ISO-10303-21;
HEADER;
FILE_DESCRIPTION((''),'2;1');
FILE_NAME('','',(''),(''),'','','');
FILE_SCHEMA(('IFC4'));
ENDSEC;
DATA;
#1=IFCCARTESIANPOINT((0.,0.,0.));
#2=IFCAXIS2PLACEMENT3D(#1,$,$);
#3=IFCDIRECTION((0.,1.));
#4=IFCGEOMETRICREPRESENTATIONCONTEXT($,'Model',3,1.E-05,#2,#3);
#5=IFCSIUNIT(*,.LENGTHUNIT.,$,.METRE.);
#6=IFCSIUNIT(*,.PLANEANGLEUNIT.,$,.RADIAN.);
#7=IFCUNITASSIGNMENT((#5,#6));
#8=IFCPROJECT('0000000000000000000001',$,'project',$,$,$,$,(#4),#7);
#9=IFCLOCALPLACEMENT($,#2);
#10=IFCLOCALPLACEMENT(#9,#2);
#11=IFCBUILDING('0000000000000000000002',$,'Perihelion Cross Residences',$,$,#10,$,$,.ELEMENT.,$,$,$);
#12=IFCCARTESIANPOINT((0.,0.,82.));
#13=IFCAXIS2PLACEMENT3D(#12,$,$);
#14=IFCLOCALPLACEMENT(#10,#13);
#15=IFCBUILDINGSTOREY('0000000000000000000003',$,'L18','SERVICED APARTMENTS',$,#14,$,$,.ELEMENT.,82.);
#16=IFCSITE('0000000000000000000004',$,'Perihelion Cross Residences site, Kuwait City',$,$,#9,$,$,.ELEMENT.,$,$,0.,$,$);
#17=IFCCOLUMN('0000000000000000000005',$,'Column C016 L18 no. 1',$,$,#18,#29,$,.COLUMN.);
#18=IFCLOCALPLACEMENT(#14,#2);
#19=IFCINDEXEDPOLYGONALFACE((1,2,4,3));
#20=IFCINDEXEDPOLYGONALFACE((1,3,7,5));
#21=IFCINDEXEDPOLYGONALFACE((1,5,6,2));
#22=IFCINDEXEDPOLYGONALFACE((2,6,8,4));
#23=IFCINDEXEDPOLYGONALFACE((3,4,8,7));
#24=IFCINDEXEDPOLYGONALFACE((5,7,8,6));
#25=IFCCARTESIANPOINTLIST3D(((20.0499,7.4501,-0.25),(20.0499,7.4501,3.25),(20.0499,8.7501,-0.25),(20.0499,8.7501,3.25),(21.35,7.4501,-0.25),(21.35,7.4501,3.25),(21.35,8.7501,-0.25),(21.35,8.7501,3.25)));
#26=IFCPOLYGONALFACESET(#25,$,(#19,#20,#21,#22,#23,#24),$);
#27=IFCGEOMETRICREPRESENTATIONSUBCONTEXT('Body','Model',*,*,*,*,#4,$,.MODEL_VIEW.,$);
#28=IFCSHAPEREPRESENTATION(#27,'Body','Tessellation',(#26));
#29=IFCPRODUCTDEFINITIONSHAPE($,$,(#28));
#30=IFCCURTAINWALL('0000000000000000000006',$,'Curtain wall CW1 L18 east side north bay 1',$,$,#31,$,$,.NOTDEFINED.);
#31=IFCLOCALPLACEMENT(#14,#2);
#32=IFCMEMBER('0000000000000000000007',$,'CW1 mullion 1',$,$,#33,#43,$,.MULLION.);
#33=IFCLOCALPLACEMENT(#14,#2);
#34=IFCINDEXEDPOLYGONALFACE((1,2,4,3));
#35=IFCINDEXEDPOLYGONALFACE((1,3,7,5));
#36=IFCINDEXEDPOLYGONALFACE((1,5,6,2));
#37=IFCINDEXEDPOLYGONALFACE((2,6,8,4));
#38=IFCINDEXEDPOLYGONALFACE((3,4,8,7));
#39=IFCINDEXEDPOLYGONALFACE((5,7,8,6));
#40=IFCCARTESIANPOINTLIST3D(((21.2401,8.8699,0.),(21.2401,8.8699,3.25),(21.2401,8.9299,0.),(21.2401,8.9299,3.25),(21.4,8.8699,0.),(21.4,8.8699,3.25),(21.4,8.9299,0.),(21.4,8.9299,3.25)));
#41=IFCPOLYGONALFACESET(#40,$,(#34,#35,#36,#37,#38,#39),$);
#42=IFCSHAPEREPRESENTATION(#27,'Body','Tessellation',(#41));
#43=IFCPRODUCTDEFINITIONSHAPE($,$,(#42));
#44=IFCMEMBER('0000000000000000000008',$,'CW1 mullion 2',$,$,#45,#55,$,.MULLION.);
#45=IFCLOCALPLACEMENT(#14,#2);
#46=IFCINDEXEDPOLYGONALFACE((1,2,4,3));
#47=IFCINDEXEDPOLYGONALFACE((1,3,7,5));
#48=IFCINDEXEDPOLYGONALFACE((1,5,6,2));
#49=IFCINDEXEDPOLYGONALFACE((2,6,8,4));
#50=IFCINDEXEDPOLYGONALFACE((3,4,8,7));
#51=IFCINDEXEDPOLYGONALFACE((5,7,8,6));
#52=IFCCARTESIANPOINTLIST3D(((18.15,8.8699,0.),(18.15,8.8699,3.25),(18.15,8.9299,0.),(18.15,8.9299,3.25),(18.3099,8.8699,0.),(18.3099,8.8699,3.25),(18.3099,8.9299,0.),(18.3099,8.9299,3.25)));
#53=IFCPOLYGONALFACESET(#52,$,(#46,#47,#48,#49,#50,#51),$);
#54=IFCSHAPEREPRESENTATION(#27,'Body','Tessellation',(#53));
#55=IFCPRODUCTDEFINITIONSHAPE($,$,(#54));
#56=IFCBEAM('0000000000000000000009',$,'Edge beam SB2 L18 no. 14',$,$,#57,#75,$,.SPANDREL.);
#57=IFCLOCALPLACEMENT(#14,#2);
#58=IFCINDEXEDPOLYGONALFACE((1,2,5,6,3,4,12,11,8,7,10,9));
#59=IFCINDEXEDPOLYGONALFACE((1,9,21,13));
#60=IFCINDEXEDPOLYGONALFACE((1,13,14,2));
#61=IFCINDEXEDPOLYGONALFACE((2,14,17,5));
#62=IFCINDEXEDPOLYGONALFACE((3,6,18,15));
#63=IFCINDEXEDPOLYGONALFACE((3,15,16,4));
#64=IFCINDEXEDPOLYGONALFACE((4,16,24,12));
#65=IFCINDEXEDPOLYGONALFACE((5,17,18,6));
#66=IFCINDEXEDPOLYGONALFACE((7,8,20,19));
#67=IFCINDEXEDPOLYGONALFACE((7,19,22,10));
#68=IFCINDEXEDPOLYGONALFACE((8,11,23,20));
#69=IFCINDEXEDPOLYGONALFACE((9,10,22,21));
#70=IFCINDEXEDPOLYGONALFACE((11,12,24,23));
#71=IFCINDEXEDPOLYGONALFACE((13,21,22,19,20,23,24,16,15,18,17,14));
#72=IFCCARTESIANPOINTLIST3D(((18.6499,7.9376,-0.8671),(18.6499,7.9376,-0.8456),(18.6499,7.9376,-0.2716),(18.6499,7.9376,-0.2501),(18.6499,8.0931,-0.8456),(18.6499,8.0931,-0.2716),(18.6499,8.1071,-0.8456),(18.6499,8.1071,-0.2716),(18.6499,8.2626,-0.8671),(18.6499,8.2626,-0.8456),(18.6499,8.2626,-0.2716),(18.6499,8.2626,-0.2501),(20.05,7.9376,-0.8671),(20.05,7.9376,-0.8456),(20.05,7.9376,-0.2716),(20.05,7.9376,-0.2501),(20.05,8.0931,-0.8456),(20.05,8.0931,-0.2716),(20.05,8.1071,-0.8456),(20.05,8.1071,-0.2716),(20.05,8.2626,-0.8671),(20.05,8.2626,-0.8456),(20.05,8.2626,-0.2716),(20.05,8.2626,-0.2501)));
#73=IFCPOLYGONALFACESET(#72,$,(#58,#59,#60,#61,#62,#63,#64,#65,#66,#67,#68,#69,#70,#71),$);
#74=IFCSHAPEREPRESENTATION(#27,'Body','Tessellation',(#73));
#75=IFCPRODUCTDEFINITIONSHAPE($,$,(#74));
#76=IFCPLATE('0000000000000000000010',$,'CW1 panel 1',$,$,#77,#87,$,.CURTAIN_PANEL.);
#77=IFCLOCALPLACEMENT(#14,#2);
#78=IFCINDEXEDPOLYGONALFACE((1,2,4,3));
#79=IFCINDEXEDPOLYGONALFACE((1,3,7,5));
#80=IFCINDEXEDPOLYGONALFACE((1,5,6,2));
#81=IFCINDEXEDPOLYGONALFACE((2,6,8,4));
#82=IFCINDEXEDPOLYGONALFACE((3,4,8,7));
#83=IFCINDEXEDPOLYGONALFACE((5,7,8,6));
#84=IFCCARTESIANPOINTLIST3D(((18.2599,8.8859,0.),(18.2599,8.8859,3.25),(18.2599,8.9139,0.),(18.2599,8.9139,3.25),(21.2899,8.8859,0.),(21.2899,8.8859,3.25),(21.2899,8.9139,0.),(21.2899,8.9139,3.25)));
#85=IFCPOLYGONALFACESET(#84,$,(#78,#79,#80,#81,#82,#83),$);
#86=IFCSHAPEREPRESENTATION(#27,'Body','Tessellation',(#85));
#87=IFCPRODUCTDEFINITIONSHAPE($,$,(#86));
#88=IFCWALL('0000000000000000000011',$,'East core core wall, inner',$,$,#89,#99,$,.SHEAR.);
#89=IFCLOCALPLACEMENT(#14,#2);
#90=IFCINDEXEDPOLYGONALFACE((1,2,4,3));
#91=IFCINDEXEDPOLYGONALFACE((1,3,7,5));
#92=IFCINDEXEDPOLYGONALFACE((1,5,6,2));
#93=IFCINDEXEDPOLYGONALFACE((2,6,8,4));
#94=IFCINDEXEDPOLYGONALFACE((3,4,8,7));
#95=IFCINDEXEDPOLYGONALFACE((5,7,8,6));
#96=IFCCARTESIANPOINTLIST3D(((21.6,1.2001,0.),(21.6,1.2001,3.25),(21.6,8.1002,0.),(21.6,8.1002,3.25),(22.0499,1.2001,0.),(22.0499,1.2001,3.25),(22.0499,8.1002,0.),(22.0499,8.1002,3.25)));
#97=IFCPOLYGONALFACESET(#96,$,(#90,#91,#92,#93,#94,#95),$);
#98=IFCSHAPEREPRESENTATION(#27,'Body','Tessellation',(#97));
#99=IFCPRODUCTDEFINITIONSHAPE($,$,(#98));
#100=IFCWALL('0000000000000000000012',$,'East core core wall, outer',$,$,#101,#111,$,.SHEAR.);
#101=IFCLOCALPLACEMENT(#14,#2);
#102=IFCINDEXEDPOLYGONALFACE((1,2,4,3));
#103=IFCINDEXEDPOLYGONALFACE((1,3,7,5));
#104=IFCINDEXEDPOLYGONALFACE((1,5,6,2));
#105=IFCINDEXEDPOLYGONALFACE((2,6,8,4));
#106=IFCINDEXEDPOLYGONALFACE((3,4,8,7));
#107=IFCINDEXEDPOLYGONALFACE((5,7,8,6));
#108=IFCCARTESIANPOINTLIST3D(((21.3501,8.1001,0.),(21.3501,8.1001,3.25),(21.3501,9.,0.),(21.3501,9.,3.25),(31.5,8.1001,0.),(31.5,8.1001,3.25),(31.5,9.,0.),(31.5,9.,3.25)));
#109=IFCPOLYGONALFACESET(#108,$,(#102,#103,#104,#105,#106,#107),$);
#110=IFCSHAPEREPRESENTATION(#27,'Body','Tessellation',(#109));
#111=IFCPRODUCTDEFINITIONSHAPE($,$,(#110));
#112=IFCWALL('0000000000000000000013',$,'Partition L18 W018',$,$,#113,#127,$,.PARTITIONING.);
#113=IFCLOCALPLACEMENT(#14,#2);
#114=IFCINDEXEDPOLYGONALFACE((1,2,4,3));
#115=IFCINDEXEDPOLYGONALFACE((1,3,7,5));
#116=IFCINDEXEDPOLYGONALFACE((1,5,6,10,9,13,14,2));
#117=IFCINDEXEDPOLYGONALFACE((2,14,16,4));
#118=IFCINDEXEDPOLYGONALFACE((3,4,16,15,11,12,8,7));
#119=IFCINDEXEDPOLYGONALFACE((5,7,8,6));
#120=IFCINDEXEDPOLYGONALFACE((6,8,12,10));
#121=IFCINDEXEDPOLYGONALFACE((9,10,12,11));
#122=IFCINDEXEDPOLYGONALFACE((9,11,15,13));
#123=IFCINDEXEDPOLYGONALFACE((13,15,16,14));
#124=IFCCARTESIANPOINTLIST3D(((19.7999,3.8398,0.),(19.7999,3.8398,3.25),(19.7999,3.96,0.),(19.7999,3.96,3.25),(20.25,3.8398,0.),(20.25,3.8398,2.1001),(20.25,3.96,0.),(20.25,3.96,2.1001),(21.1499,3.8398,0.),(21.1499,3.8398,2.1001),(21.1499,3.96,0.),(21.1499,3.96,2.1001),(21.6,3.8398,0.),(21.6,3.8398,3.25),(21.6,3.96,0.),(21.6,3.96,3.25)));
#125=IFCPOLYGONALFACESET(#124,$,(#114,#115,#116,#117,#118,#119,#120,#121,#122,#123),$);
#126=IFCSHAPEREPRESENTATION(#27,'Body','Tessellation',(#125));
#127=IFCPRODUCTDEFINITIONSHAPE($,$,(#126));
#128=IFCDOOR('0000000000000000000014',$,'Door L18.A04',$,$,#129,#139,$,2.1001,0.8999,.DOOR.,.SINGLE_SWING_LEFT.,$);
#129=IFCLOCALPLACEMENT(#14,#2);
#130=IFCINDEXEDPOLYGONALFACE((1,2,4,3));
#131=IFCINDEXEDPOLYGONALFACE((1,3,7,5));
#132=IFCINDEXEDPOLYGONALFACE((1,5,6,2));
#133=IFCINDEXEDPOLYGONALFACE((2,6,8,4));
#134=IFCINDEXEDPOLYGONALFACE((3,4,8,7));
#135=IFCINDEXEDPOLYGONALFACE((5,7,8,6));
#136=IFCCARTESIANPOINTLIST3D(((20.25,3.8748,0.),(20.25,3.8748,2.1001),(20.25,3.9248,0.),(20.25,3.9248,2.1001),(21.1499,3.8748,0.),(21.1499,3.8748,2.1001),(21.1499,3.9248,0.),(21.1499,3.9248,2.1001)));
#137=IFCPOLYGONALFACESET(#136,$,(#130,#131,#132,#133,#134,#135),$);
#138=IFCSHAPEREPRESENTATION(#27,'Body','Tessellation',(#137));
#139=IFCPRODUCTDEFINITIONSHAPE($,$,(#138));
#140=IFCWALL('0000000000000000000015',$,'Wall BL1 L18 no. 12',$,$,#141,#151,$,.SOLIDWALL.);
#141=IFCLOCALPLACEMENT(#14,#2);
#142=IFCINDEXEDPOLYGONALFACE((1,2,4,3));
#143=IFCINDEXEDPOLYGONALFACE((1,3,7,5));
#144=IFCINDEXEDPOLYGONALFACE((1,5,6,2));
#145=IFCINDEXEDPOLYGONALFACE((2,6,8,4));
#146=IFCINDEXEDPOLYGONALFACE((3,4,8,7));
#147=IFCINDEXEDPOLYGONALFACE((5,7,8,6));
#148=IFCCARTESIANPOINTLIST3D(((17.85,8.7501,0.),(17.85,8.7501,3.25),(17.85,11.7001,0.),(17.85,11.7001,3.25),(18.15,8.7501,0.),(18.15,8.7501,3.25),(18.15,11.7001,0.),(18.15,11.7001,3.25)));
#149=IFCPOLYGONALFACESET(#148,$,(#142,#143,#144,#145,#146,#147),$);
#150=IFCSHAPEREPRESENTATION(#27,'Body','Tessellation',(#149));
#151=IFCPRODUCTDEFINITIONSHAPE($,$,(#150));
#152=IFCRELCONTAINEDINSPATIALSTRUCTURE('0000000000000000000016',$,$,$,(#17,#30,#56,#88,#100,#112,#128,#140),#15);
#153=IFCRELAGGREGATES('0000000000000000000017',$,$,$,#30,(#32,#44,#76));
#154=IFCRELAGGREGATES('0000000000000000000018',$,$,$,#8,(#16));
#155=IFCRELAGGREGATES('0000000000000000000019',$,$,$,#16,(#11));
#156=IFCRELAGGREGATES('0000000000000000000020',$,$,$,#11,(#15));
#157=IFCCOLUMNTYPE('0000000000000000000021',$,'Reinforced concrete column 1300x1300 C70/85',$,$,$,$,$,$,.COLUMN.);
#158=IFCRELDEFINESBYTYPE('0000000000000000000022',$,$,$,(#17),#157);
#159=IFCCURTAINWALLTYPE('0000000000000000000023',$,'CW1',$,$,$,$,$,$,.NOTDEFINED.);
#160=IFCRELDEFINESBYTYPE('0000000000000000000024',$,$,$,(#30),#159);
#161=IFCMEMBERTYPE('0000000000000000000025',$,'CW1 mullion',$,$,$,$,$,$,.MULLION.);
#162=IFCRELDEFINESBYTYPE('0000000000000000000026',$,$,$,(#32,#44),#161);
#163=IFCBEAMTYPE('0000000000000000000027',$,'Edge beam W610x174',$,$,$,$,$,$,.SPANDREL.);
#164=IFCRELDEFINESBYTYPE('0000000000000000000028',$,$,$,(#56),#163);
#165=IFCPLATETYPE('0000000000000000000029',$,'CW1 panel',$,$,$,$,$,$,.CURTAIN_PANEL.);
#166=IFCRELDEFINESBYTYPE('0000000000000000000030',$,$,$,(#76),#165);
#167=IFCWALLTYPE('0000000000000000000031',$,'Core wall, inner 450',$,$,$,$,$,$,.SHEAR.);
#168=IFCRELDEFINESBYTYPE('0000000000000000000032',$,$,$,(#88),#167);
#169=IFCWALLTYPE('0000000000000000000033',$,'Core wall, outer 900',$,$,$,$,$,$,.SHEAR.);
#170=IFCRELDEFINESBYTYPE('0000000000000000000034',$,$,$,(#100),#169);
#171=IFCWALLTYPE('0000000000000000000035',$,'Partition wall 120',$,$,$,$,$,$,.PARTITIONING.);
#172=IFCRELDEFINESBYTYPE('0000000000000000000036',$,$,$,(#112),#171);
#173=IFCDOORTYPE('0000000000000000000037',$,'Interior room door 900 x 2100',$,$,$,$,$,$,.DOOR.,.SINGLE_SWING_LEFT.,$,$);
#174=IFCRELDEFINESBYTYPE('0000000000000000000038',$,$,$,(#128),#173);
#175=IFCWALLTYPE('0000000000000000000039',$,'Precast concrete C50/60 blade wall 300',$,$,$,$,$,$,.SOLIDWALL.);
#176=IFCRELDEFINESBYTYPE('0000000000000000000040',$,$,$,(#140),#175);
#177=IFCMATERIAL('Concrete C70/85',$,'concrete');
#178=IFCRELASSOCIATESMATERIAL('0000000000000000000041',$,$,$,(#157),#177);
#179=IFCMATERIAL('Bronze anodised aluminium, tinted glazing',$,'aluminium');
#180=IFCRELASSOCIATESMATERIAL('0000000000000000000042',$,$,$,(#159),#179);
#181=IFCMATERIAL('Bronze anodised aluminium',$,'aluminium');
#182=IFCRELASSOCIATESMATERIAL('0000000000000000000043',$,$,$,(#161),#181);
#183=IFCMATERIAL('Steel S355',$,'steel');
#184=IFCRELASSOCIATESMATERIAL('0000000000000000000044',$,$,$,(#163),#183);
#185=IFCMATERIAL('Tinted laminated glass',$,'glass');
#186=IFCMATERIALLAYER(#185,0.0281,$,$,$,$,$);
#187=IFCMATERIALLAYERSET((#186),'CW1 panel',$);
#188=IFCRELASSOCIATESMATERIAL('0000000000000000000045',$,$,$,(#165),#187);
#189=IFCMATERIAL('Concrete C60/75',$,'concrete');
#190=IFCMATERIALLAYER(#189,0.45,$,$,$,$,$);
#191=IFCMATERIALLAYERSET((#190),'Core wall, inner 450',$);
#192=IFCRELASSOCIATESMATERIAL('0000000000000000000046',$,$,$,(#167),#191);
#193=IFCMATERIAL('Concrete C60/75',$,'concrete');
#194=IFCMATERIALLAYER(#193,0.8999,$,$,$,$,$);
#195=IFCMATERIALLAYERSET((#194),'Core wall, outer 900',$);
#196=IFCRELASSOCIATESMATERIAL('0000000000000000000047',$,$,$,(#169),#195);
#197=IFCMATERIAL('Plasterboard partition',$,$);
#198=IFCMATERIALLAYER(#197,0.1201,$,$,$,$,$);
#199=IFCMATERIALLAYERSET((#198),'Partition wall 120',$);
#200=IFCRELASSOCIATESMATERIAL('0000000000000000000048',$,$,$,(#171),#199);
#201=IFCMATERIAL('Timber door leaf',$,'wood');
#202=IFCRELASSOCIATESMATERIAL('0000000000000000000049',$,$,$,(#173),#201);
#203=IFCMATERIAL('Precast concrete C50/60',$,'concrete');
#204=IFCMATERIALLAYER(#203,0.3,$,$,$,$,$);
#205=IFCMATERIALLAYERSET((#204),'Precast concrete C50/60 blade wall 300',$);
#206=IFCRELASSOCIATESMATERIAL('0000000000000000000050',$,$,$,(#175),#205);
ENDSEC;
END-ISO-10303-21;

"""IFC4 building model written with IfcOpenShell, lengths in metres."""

from ifc_helpers import new_model, si_unit, direction, frame, frame_2d, origin, origin_2d, place, context, subcontext, project, spatial, rectangle, i_section, extrude, material, layer, layer_set, material_profile, profile_set, type_object, element, fill, aggregate, save


model = new_model("IFC4")

# Units and contexts
model_context = context("Model", 3, precision=1e-05, world=origin(), true_north=direction((0.0, 1.0)))
body_context = subcontext(model_context, "Body", "Model", "MODEL_VIEW")
ifc_project = project(units=[si_unit("LENGTHUNIT", "METRE"), si_unit("PLANEANGLEUNIT", "RADIAN")], contexts=[model_context])

# Site, building, storey
site_placement = place(None, origin())
site = spatial("IfcSite", under=ifc_project, at=site_placement, Name="Perihelion Cross Residences site, Kuwait City", CompositionType="ELEMENT", RefElevation=0.0)
building_placement = place(site_placement, origin())
building = spatial("IfcBuilding", under=site, at=building_placement, Name="Perihelion Cross Residences", CompositionType="ELEMENT")
storey_placement = place(building_placement, frame((0.0, 0.0, 82.0)))
storey = spatial("IfcBuildingStorey", under=building, at=storey_placement, Name="L18", Description="SERVICED APARTMENTS", CompositionType="ELEMENT", Elevation=82.0)

# Column
ifc_material_1 = material(Name="Concrete C70/85", Category="concrete")
ifc_material_profile_1 = material_profile(ifc_material_1, rectangle(XDim=1.3, YDim=1.3, at=origin_2d()), Name="RC 1300x1300")
ifc_profile_set_1 = profile_set([ifc_material_profile_1], Name="Concrete C70/85")
column_type = type_object("IfcColumnType", Name="Reinforced concrete column 1300x1300 C70/85", PredefinedType="COLUMN", material=ifc_profile_set_1)
column_placement = place(storey_placement, frame((20.7, 8.1001, -0.25), z_axis=(0.0, 0.0, 1.0), x_axis=(1.0, 0.0, 0.0)))
element("IfcColumn", 1, at=column_placement, inside=storey, type_object=column_type, Name="Column C016 L18 no. 1", PredefinedType="COLUMN", context=body_context, shape_type="SweptSolid", body=[
    extrude(rectangle(XDim=1.3, YDim=1.3, at=origin_2d()), origin(), (0.0, 0.0, 1.0), 3.5),
])

# Curtain wall, members
ifc_material_2 = material(Name="Bronze anodised aluminium, tinted glazing", Category="aluminium")
curtain_wall_type = type_object("IfcCurtainWallType", Name="CW1", PredefinedType="NOTDEFINED", material=ifc_material_2)
curtain_wall_placement = place(storey_placement, origin())
curtain_wall = element("IfcCurtainWall", 2, at=curtain_wall_placement, inside=storey, type_object=curtain_wall_type, Name="Curtain wall CW1 L18 east side north bay 1", PredefinedType="NOTDEFINED")
ifc_material_3 = material(Name="Bronze anodised aluminium", Category="aluminium")
ifc_material_profile_2 = material_profile(ifc_material_3, rectangle(XDim=0.0601, YDim=0.1599, at=origin_2d()), Name="CW1 mullion")
ifc_profile_set_2 = profile_set([ifc_material_profile_2], Name="Bronze anodised aluminium")
member_type = type_object("IfcMemberType", Name="CW1 mullion", PredefinedType="MULLION", material=ifc_profile_set_2)
member_1_placement = place(storey_placement, frame((21.3201, 8.8999, 0.0), z_axis=(0.0, 0.0, 1.0), x_axis=(0.0, -1.0, 0.0)))
member_1 = element("IfcMember", 3, at=member_1_placement, type_object=member_type, Name="CW1 mullion 1", PredefinedType="MULLION", context=body_context, shape_type="SweptSolid", body=[
    extrude(rectangle(XDim=0.0601, YDim=0.1599, at=origin_2d()), origin(), (0.0, 0.0, 1.0), 3.25),
])
member_2_placement = place(storey_placement, frame((18.23, 8.8999, 0.0), z_axis=(0.0, 0.0, 1.0), x_axis=(0.0, -1.0, 0.0)))
member_2 = element("IfcMember", 4, at=member_2_placement, type_object=member_type, Name="CW1 mullion 2", PredefinedType="MULLION", context=body_context, shape_type="SweptSolid", body=[
    extrude(rectangle(XDim=0.0601, YDim=0.1599, at=origin_2d()), origin(), (0.0, 0.0, 1.0), 3.25),
])

# Beam
ifc_material_4 = material(Name="Steel S355", Category="steel")
ifc_material_profile_3 = material_profile(ifc_material_4, i_section(OverallWidth=0.325, OverallDepth=0.6169, WebThickness=0.0139, FlangeThickness=0.0215, at=origin_2d()), Name="W610x174")
ifc_profile_set_3 = profile_set([ifc_material_profile_3], Name="Steel S355")
beam_type = type_object("IfcBeamType", Name="Edge beam W610x174", PredefinedType="SPANDREL", material=ifc_profile_set_3)
beam_placement = place(storey_placement, frame((20.05, 8.1001, -0.5586), z_axis=(-1.0, 0.0, 0.0), x_axis=(0.0, -1.0, 0.0)))
element("IfcBeam", 5, at=beam_placement, inside=storey, type_object=beam_type, Name="Edge beam SB2 L18 no. 14", PredefinedType="SPANDREL", context=body_context, shape_type="SweptSolid", body=[
    extrude(i_section(OverallWidth=0.325, OverallDepth=0.6169, WebThickness=0.0139, FlangeThickness=0.0215, at=origin_2d()), origin(), (0.0, 0.0, 1.0), 1.4001),
])

# Plate
ifc_material_5 = material(Name="Tinted laminated glass", Category="glass")
ifc_layer_1 = layer(ifc_material_5, 0.0281)
ifc_layer_set_1 = layer_set([ifc_layer_1], Name="CW1 panel")
plate_type = type_object("IfcPlateType", Name="CW1 panel", PredefinedType="CURTAIN_PANEL", material=ifc_layer_set_1)
plate_placement = place(storey_placement, frame((19.7749, 8.8999, 0.0), z_axis=(0.0, 0.0, 1.0), x_axis=(-1.0, 0.0, 0.0)))
plate = element("IfcPlate", 6, at=plate_placement, type_object=plate_type, Name="CW1 panel 1", PredefinedType="CURTAIN_PANEL", context=body_context, shape_type="SweptSolid", body=[
    extrude(rectangle(XDim=3.03, YDim=0.0281, at=origin_2d()), origin(), (0.0, 0.0, 1.0), 3.25),
])
aggregate(curtain_wall, [member_1, member_2, plate])

# Walls
ifc_material_6 = material(Name="Concrete C60/75", Category="concrete")
ifc_layer_2 = layer(ifc_material_6, 0.45)
ifc_layer_set_2 = layer_set([ifc_layer_2], Name="Core wall, inner 450")
wall_type_1 = type_object("IfcWallType", Name="Core wall, inner 450", PredefinedType="SHEAR", material=ifc_layer_set_2)
wall_1_placement = place(storey_placement, frame((21.825, 1.2, 0.0), z_axis=(0.0, 0.0, 1.0), x_axis=(0.0, 1.0, 0.0)))
element("IfcWall", 7, at=wall_1_placement, inside=storey, type_object=wall_type_1, Name="East core core wall, inner", PredefinedType="SHEAR", context=body_context, shape_type="SweptSolid", body=[
    extrude(rectangle(XDim=6.9001, YDim=0.45, at=frame_2d((3.4502, 0.0))), origin(), (0.0, 0.0, 1.0), 3.25),
])
ifc_material_7 = material(Name="Concrete C60/75", Category="concrete")
ifc_layer_3 = layer(ifc_material_7, 0.8999)
ifc_layer_set_3 = layer_set([ifc_layer_3], Name="Core wall, outer 900")
wall_type_2 = type_object("IfcWallType", Name="Core wall, outer 900", PredefinedType="SHEAR", material=ifc_layer_set_3)
wall_2_placement = place(storey_placement, frame((21.3501, 8.55, 0.0), z_axis=(0.0, 0.0, 1.0), x_axis=(1.0, 0.0, 0.0)))
element("IfcWall", 8, at=wall_2_placement, inside=storey, type_object=wall_type_2, Name="East core core wall, outer", PredefinedType="SHEAR", context=body_context, shape_type="SweptSolid", body=[
    extrude(rectangle(XDim=10.1499, YDim=0.8999, at=frame_2d((5.075, 0.0))), origin(), (0.0, 0.0, 1.0), 3.25),
])

# Wall, opening, door
ifc_material_8 = material(Name="Plasterboard partition")
ifc_layer_4 = layer(ifc_material_8, 0.1201)
ifc_layer_set_4 = layer_set([ifc_layer_4], Name="Partition wall 120")
wall_type_3 = type_object("IfcWallType", Name="Partition wall 120", PredefinedType="PARTITIONING", material=ifc_layer_set_4)
wall_3_placement = place(storey_placement, frame((19.8, 3.8999, 0.0), z_axis=(0.0, 0.0, 1.0), x_axis=(1.0, 0.0, 0.0)))
wall_3 = element("IfcWall", 9, at=wall_3_placement, inside=storey, type_object=wall_type_3, Name="Partition L18 W018", PredefinedType="PARTITIONING", context=body_context, shape_type="SweptSolid", body=[
    extrude(rectangle(XDim=1.8, YDim=0.1201, at=frame_2d((0.8999, 0.0))), origin(), (0.0, 0.0, 1.0), 3.25),
])
opening_1_placement = place(wall_3_placement, frame((0.45, 0.0, 0.0)))
opening_1 = element("IfcOpeningElement", 10, at=opening_1_placement, cuts=wall_3, PredefinedType="OPENING", context=body_context, shape_type="SweptSolid", body=[
    extrude(rectangle(XDim=0.8999, YDim=2.1001, at=frame_2d((0.45, 1.05))), frame((0.0, 0.0701, 0.0), z_axis=(0.0, -1.0, 0.0), x_axis=(1.0, 0.0, 0.0)), (0.0, 0.0, 1.0), 0.1401),
])
ifc_material_9 = material(Name="Timber door leaf", Category="wood")
door_type_1 = type_object("IfcDoorType", Name="Interior room door 900 x 2100", OperationType="SINGLE_SWING_LEFT", PredefinedType="DOOR", material=ifc_material_9)
door_1_placement = place(opening_1_placement, origin())
door_1 = element("IfcDoor", 11, at=door_1_placement, inside=storey, type_object=door_type_1, Name="Door L18.A04", OperationType="SINGLE_SWING_LEFT", OverallHeight=2.1001, OverallWidth=0.8999, PredefinedType="DOOR", context=body_context, shape_type="SweptSolid", body=[
    extrude(rectangle(XDim=0.8999, YDim=2.1001, at=frame_2d((0.45, 1.05))), frame((0.0, 0.0249, 0.0), z_axis=(0.0, -1.0, 0.0), x_axis=(1.0, 0.0, 0.0)), (0.0, 0.0, 1.0), 0.05),
])
fill(opening_1, door_1)

# Wall
ifc_material_10 = material(Name="Precast concrete C50/60", Category="concrete")
ifc_layer_5 = layer(ifc_material_10, 0.3)
ifc_layer_set_5 = layer_set([ifc_layer_5], Name="Precast concrete C50/60 blade wall 300")
wall_type_4 = type_object("IfcWallType", Name="Precast concrete C50/60 blade wall 300", PredefinedType="SOLIDWALL", material=ifc_layer_set_5)
wall_4_placement = place(storey_placement, frame((18.0, 8.75, 0.0), z_axis=(0.0, 0.0, 1.0), x_axis=(0.0, 1.0, 0.0)))
element("IfcWall", 12, at=wall_4_placement, inside=storey, type_object=wall_type_4, Name="Wall BL1 L18 no. 12", PredefinedType="SOLIDWALL", context=body_context, shape_type="SweptSolid", body=[
    extrude(rectangle(XDim=2.95, YDim=0.3, at=frame_2d((1.4751, 0.0))), origin(), (0.0, 0.0, 1.0), 3.25),
])

save(model, "model.ifc")
